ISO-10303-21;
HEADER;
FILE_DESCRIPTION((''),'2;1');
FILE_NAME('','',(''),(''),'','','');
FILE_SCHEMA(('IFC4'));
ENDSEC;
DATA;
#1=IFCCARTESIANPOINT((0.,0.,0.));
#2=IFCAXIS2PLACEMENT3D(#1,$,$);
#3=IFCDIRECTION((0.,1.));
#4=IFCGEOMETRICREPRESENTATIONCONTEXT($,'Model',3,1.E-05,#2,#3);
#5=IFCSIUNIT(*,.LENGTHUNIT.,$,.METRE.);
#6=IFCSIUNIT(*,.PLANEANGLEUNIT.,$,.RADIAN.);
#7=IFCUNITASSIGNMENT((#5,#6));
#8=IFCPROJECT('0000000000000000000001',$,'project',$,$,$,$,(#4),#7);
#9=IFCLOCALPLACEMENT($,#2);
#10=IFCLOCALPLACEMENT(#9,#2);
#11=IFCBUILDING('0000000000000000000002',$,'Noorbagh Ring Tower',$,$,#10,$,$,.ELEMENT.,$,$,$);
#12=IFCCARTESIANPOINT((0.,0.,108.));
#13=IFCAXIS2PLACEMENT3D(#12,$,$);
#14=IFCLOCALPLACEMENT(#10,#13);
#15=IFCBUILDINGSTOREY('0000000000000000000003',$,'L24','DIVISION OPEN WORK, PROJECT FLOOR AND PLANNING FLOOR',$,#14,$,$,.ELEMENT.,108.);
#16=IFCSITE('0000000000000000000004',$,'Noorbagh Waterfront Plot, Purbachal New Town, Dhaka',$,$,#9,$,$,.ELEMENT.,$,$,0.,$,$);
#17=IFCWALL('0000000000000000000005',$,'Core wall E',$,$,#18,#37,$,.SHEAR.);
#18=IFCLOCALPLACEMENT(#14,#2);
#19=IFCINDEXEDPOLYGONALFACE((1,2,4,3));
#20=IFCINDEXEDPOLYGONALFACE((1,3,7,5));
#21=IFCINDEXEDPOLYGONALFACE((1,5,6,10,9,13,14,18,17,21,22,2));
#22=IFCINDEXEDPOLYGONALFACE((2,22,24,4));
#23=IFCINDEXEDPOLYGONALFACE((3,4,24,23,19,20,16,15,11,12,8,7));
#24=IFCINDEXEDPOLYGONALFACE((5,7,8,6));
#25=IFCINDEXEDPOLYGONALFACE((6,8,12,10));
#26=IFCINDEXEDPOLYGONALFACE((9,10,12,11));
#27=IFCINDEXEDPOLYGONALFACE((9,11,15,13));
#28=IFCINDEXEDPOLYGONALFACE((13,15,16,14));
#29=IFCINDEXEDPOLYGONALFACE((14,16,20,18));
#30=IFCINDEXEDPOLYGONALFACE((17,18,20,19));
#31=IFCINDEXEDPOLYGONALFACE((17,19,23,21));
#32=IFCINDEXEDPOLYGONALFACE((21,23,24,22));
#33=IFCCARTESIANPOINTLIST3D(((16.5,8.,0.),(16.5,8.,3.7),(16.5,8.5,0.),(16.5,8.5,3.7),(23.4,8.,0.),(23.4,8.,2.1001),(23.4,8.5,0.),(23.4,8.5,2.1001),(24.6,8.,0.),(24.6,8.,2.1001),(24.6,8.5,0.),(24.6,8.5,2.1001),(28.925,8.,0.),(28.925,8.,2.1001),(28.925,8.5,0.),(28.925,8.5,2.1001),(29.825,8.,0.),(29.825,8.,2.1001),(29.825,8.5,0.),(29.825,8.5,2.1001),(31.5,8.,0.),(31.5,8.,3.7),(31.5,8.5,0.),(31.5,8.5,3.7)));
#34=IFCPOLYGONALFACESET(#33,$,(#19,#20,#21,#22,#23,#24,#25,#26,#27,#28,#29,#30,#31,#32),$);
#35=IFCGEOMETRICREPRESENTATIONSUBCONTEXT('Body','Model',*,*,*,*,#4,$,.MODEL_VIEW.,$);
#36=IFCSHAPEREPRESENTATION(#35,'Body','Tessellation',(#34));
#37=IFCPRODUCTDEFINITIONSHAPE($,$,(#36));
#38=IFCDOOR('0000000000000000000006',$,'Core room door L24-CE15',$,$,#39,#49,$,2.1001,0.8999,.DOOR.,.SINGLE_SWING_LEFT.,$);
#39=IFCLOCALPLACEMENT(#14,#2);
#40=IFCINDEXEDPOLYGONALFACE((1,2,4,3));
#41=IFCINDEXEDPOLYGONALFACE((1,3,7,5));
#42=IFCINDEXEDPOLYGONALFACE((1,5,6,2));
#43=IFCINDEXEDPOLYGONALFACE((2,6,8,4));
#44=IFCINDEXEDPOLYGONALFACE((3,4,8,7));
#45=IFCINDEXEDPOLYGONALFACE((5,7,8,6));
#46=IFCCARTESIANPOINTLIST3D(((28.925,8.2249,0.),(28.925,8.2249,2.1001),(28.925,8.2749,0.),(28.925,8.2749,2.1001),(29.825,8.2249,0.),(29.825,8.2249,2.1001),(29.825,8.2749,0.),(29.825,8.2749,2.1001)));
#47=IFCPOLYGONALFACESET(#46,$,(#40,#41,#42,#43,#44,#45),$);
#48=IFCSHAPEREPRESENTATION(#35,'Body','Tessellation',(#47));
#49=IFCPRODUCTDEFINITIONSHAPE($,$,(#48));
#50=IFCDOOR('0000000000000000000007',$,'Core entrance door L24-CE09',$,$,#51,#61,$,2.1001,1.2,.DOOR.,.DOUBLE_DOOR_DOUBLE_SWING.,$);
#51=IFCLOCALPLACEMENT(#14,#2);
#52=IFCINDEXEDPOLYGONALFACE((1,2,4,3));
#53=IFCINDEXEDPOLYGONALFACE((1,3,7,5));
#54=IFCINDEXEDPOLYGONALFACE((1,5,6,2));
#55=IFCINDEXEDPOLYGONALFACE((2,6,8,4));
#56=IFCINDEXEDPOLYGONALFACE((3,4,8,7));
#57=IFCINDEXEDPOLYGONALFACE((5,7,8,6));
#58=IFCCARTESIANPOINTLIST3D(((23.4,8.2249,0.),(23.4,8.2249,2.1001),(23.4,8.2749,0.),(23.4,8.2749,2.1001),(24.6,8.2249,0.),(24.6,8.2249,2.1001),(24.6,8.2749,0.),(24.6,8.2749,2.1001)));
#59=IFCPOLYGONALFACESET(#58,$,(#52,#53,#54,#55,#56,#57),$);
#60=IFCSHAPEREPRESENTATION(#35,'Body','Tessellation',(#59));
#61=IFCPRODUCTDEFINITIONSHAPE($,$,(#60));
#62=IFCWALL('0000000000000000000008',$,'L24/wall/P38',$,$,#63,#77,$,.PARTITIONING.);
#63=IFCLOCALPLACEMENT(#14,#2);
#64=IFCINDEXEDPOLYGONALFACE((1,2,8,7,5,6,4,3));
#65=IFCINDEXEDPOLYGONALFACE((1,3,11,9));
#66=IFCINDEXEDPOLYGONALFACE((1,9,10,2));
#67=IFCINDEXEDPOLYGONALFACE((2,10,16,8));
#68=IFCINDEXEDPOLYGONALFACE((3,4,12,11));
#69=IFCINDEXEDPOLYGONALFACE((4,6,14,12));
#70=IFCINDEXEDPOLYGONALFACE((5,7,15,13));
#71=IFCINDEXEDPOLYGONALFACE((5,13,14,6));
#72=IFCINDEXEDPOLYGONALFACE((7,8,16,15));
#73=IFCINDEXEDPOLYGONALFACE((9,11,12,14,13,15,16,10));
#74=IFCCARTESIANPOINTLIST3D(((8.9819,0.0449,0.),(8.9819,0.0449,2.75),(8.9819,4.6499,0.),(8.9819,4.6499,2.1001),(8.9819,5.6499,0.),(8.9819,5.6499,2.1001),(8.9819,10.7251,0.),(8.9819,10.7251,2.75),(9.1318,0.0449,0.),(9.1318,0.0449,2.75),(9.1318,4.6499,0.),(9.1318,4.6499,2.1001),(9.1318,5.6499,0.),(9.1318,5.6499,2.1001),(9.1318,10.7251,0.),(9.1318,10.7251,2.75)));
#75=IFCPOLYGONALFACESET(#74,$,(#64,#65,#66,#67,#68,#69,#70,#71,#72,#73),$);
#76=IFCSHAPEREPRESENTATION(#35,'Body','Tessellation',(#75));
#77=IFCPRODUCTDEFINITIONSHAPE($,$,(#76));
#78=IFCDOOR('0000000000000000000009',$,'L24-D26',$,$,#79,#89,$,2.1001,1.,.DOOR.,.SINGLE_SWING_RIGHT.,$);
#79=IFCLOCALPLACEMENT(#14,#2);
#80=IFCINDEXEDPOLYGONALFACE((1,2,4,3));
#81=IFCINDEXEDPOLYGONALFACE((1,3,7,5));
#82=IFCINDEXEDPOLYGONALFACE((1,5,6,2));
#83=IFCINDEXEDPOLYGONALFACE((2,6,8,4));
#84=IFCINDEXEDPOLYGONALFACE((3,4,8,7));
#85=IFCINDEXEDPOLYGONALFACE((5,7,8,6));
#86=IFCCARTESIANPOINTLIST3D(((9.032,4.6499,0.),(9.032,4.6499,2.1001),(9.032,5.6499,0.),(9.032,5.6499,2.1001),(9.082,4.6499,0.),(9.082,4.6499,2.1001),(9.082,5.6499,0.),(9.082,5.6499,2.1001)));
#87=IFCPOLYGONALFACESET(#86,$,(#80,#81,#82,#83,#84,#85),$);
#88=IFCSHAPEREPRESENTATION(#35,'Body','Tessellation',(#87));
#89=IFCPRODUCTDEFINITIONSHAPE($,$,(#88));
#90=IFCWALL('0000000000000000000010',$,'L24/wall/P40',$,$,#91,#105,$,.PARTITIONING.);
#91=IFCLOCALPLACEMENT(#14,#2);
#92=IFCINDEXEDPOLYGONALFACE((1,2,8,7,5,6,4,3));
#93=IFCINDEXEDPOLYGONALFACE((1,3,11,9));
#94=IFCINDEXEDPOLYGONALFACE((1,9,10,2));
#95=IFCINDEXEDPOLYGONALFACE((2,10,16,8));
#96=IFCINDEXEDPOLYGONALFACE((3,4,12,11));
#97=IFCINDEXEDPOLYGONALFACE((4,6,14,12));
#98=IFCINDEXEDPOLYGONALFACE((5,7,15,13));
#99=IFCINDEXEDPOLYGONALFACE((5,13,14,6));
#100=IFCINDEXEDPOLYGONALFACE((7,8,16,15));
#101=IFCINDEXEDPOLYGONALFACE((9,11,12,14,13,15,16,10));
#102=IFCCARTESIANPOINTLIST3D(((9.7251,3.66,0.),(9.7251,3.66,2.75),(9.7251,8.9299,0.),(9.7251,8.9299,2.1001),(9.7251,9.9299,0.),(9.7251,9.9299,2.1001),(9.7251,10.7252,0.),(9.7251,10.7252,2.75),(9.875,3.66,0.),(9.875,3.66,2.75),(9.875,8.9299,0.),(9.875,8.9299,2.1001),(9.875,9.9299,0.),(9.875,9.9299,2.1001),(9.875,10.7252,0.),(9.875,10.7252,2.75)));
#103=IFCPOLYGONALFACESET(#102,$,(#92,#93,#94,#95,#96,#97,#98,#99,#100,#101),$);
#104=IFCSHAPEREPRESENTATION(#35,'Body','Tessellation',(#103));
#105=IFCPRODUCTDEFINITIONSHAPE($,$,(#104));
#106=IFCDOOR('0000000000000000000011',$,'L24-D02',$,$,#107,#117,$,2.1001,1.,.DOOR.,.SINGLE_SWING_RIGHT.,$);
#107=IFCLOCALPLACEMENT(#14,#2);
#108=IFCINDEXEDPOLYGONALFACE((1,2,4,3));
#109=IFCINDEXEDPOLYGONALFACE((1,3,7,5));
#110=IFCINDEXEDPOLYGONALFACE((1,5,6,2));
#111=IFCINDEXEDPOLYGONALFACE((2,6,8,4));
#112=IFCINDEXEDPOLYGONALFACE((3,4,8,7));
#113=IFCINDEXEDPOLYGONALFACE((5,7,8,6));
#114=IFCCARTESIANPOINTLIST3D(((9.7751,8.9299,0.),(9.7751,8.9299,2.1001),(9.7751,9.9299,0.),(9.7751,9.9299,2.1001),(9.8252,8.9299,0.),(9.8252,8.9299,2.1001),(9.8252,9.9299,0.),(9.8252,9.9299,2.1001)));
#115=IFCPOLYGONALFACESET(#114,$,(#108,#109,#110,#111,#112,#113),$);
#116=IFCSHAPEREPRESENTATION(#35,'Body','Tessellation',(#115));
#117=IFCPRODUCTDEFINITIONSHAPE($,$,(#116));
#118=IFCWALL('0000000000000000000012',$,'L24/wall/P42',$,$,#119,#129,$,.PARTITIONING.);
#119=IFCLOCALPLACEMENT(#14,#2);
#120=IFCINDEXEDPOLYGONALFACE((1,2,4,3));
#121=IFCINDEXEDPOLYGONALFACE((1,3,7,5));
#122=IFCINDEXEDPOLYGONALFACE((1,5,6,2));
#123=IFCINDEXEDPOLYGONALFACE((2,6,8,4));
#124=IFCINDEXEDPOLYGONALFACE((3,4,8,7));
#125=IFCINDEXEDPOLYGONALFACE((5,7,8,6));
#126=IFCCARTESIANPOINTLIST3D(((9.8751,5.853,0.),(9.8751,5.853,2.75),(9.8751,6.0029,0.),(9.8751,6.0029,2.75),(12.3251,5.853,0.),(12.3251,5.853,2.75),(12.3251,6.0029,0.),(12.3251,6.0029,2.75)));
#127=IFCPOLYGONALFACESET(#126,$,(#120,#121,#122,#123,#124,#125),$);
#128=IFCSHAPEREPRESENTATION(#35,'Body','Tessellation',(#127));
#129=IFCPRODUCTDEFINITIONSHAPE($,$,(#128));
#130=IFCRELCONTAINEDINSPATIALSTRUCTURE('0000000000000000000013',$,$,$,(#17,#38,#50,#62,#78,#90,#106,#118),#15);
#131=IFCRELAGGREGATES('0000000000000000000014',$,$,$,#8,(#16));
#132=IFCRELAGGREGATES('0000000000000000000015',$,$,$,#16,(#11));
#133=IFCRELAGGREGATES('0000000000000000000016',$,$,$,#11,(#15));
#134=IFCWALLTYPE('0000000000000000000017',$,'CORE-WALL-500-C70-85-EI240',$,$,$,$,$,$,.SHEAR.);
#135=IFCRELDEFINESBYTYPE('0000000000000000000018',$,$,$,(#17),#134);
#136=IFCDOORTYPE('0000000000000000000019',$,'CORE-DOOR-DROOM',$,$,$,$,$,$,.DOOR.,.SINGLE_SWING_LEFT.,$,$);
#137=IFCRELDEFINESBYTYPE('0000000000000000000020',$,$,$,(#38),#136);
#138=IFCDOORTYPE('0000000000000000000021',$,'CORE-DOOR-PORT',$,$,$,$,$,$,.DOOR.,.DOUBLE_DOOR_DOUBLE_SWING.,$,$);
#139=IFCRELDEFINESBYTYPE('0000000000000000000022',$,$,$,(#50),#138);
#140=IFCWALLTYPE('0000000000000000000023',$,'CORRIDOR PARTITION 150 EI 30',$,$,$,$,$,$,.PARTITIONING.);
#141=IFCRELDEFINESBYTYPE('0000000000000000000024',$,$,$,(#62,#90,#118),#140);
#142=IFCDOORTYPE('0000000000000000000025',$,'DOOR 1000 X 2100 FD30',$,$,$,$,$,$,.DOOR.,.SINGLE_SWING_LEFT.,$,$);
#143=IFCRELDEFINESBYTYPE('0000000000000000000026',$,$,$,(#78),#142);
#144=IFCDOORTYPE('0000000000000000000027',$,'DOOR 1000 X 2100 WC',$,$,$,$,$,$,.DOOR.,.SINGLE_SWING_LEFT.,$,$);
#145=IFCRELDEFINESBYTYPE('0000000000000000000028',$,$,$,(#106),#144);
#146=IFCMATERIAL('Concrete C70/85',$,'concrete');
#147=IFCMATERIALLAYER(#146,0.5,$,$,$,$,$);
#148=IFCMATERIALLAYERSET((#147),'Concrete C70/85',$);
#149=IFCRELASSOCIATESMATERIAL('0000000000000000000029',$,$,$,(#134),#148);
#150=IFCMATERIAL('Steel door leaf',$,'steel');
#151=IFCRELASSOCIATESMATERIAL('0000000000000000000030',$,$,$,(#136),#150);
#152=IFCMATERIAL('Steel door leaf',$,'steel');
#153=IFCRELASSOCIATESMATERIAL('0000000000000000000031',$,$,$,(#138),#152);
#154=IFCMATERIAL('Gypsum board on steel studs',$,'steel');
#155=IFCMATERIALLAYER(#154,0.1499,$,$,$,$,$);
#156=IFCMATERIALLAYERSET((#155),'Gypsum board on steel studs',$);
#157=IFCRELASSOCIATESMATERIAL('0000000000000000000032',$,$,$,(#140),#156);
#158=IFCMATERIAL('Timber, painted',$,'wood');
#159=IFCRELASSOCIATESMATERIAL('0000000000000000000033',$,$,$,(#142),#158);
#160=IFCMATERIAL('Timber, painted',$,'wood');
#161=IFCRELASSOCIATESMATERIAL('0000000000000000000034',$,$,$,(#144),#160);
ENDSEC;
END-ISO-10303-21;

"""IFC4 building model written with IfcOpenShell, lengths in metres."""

from ifc_helpers import new_model, si_unit, direction, frame, frame_2d, origin, place, context, subcontext, project, spatial, rectangle, extrude, material, layer, layer_set, type_object, element, fill, save


model = new_model("IFC4")

# Units and contexts
model_context = context("Model", 3, precision=1e-05, world=origin(), true_north=direction((0.0, 1.0)))
body_context = subcontext(model_context, "Body", "Model", "MODEL_VIEW")
ifc_project = project(units=[si_unit("LENGTHUNIT", "METRE"), si_unit("PLANEANGLEUNIT", "RADIAN")], contexts=[model_context])

# Site, building, storey
site_placement = place(None, origin())
site = spatial("IfcSite", under=ifc_project, at=site_placement, Name="Noorbagh Waterfront Plot, Purbachal New Town, Dhaka", CompositionType="ELEMENT", RefElevation=0.0)
building_placement = place(site_placement, origin())
building = spatial("IfcBuilding", under=site, at=building_placement, Name="Noorbagh Ring Tower", CompositionType="ELEMENT")
storey_placement = place(building_placement, frame((0.0, 0.0, 108.0)))
storey = spatial("IfcBuildingStorey", under=building, at=storey_placement, Name="L24", Description="DIVISION OPEN WORK, PROJECT FLOOR AND PLANNING FLOOR", CompositionType="ELEMENT", Elevation=108.0)

# Wall, openings, doors
ifc_material_1 = material(Name="Concrete C70/85", Category="concrete")
ifc_layer_1 = layer(ifc_material_1, 0.5)
ifc_layer_set_1 = layer_set([ifc_layer_1], Name="Concrete C70/85")
wall_type_1 = type_object("IfcWallType", Name="CORE-WALL-500-C70-85-EI240", PredefinedType="SHEAR", material=ifc_layer_set_1)
wall_1_placement = place(storey_placement, frame((16.5, 8.25, 0.0), z_axis=(0.0, 0.0, 1.0), x_axis=(1.0, 0.0, 0.0)))
wall_1 = element("IfcWall", 1, at=wall_1_placement, inside=storey, type_object=wall_type_1, Name="Core wall E", PredefinedType="SHEAR", context=body_context, shape_type="SweptSolid", body=[
    extrude(rectangle(XDim=15.0, YDim=0.5, at=frame_2d((7.5, 0.0))), origin(), (0.0, 0.0, 1.0), 3.7),
])
opening_1_placement = place(wall_1_placement, frame((6.8999, 0.0, 0.0)))
opening_1 = element("IfcOpeningElement", 2, at=opening_1_placement, cuts=wall_1, PredefinedType="OPENING", context=body_context, shape_type="SweptSolid", body=[
    extrude(rectangle(XDim=1.2, YDim=2.1001, at=frame_2d((0.6001, 1.05))), frame((0.0, 0.26, 0.0), z_axis=(0.0, -1.0, 0.0), x_axis=(1.0, 0.0, 0.0)), (0.0, 0.0, 1.0), 0.52),
])
opening_2_placement = place(wall_1_placement, frame((12.425, 0.0, 0.0)))
opening_2 = element("IfcOpeningElement", 3, at=opening_2_placement, cuts=wall_1, PredefinedType="OPENING", context=body_context, shape_type="SweptSolid", body=[
    extrude(rectangle(XDim=0.8999, YDim=2.1001, at=frame_2d((0.45, 1.05))), frame((0.0, 0.26, 0.0), z_axis=(0.0, -1.0, 0.0), x_axis=(1.0, 0.0, 0.0)), (0.0, 0.0, 1.0), 0.52),
])
ifc_material_2 = material(Name="Steel door leaf", Category="steel")
door_type_1 = type_object("IfcDoorType", Name="CORE-DOOR-DROOM", OperationType="SINGLE_SWING_LEFT", PredefinedType="DOOR", material=ifc_material_2)
door_1_placement = place(opening_2_placement, origin())
door_1 = element("IfcDoor", 4, at=door_1_placement, inside=storey, type_object=door_type_1, Name="Core room door L24-CE15", OperationType="SINGLE_SWING_LEFT", OverallHeight=2.1001, OverallWidth=0.8999, PredefinedType="DOOR", context=body_context, shape_type="SweptSolid", body=[
    extrude(rectangle(XDim=0.8999, YDim=2.1001, at=frame_2d((0.45, 1.05))), frame((0.0, 0.0249, 0.0), z_axis=(0.0, -1.0, 0.0), x_axis=(1.0, 0.0, 0.0)), (0.0, 0.0, 1.0), 0.05),
])
fill(opening_2, door_1)
ifc_material_3 = material(Name="Steel door leaf", Category="steel")
door_type_2 = type_object("IfcDoorType", Name="CORE-DOOR-PORT", OperationType="DOUBLE_DOOR_DOUBLE_SWING", PredefinedType="DOOR", material=ifc_material_3)
door_2_placement = place(opening_1_placement, origin())
door_2 = element("IfcDoor", 5, at=door_2_placement, inside=storey, type_object=door_type_2, Name="Core entrance door L24-CE09", OperationType="DOUBLE_DOOR_DOUBLE_SWING", OverallHeight=2.1001, OverallWidth=1.2, PredefinedType="DOOR", context=body_context, shape_type="SweptSolid", body=[
    extrude(rectangle(XDim=1.2, YDim=2.1001, at=frame_2d((0.6001, 1.05))), frame((0.0, 0.0249, 0.0), z_axis=(0.0, -1.0, 0.0), x_axis=(1.0, 0.0, 0.0)), (0.0, 0.0, 1.0), 0.05),
])
fill(opening_1, door_2)

# Walls, openings, doors
ifc_material_4 = material(Name="Gypsum board on steel studs", Category="steel")
ifc_layer_2 = layer(ifc_material_4, 0.1499)
ifc_layer_set_2 = layer_set([ifc_layer_2], Name="Gypsum board on steel studs")
wall_type_2 = type_object("IfcWallType", Name="CORRIDOR PARTITION 150 EI 30", PredefinedType="PARTITIONING", material=ifc_layer_set_2)
wall_2_placement = place(storey_placement, frame((9.0569, 0.0449, 0.0), z_axis=(0.0, 0.0, 1.0), x_axis=(0.0, 1.0, 0.0)))
wall_2 = element("IfcWall", 6, at=wall_2_placement, inside=storey, type_object=wall_type_2, Name="L24/wall/P38", PredefinedType="PARTITIONING", context=body_context, shape_type="SweptSolid", body=[
    extrude(rectangle(XDim=10.6802, YDim=0.1499, at=frame_2d((5.3401, 0.0))), origin(), (0.0, 0.0, 1.0), 2.75),
])
opening_3_placement = place(wall_2_placement, frame((4.605, 0.0, 0.0)))
opening_3 = element("IfcOpeningElement", 7, at=opening_3_placement, cuts=wall_2, PredefinedType="OPENING", context=body_context, shape_type="SweptSolid", body=[
    extrude(rectangle(XDim=1.0, YDim=2.1001, at=frame_2d((0.5, 1.05))), frame((0.0, 0.085, 0.0), z_axis=(0.0, -1.0, 0.0), x_axis=(1.0, 0.0, 0.0)), (0.0, 0.0, 1.0), 0.1699),
])
ifc_material_5 = material(Name="Timber, painted", Category="wood")
door_type_3 = type_object("IfcDoorType", Name="DOOR 1000 X 2100 FD30", OperationType="SINGLE_SWING_LEFT", PredefinedType="DOOR", material=ifc_material_5)
door_3_placement = place(opening_3_placement, origin())
door_3 = element("IfcDoor", 8, at=door_3_placement, inside=storey, type_object=door_type_3, Name="L24-D26", OperationType="SINGLE_SWING_RIGHT", OverallHeight=2.1001, OverallWidth=1.0, PredefinedType="DOOR", context=body_context, shape_type="SweptSolid", body=[
    extrude(rectangle(XDim=1.0, YDim=2.1001, at=frame_2d((0.5, 1.05))), frame((0.0, 0.0249, 0.0), z_axis=(0.0, -1.0, 0.0), x_axis=(1.0, 0.0, 0.0)), (0.0, 0.0, 1.0), 0.05),
])
fill(opening_3, door_3)
wall_3_placement = place(storey_placement, frame((9.8, 3.6599, 0.0), z_axis=(0.0, 0.0, 1.0), x_axis=(0.0, 1.0, 0.0)))
wall_3 = element("IfcWall", 9, at=wall_3_placement, inside=storey, type_object=wall_type_2, Name="L24/wall/P40", PredefinedType="PARTITIONING", context=body_context, shape_type="SweptSolid", body=[
    extrude(rectangle(XDim=7.0652, YDim=0.1499, at=frame_2d((3.5327, 0.0))), origin(), (0.0, 0.0, 1.0), 2.75),
])
opening_4_placement = place(wall_3_placement, frame((5.27, 0.0, 0.0)))
opening_4 = element("IfcOpeningElement", 10, at=opening_4_placement, cuts=wall_3, PredefinedType="OPENING", context=body_context, shape_type="SweptSolid", body=[
    extrude(rectangle(XDim=1.0, YDim=2.1001, at=frame_2d((0.5, 1.05))), frame((0.0, 0.085, 0.0), z_axis=(0.0, -1.0, 0.0), x_axis=(1.0, 0.0, 0.0)), (0.0, 0.0, 1.0), 0.1699),
])
ifc_material_6 = material(Name="Timber, painted", Category="wood")
door_type_4 = type_object("IfcDoorType", Name="DOOR 1000 X 2100 WC", OperationType="SINGLE_SWING_LEFT", PredefinedType="DOOR", material=ifc_material_6)
door_4_placement = place(opening_4_placement, origin())
door_4 = element("IfcDoor", 11, at=door_4_placement, inside=storey, type_object=door_type_4, Name="L24-D02", OperationType="SINGLE_SWING_RIGHT", OverallHeight=2.1001, OverallWidth=1.0, PredefinedType="DOOR", context=body_context, shape_type="SweptSolid", body=[
    extrude(rectangle(XDim=1.0, YDim=2.1001, at=frame_2d((0.5, 1.05))), frame((0.0, 0.0249, 0.0), z_axis=(0.0, -1.0, 0.0), x_axis=(1.0, 0.0, 0.0)), (0.0, 0.0, 1.0), 0.05),
])
fill(opening_4, door_4)

# Wall
wall_4_placement = place(storey_placement, frame((9.875, 5.928, 0.0), z_axis=(0.0, 0.0, 1.0), x_axis=(1.0, 0.0, 0.0)))
element("IfcWall", 12, at=wall_4_placement, inside=storey, type_object=wall_type_2, Name="L24/wall/P42", PredefinedType="PARTITIONING", context=body_context, shape_type="SweptSolid", body=[
    extrude(rectangle(XDim=2.45, YDim=0.1499, at=frame_2d((1.2251, 0.0))), origin(), (0.0, 0.0, 1.0), 2.75),
])

save(model, "model.ifc")
